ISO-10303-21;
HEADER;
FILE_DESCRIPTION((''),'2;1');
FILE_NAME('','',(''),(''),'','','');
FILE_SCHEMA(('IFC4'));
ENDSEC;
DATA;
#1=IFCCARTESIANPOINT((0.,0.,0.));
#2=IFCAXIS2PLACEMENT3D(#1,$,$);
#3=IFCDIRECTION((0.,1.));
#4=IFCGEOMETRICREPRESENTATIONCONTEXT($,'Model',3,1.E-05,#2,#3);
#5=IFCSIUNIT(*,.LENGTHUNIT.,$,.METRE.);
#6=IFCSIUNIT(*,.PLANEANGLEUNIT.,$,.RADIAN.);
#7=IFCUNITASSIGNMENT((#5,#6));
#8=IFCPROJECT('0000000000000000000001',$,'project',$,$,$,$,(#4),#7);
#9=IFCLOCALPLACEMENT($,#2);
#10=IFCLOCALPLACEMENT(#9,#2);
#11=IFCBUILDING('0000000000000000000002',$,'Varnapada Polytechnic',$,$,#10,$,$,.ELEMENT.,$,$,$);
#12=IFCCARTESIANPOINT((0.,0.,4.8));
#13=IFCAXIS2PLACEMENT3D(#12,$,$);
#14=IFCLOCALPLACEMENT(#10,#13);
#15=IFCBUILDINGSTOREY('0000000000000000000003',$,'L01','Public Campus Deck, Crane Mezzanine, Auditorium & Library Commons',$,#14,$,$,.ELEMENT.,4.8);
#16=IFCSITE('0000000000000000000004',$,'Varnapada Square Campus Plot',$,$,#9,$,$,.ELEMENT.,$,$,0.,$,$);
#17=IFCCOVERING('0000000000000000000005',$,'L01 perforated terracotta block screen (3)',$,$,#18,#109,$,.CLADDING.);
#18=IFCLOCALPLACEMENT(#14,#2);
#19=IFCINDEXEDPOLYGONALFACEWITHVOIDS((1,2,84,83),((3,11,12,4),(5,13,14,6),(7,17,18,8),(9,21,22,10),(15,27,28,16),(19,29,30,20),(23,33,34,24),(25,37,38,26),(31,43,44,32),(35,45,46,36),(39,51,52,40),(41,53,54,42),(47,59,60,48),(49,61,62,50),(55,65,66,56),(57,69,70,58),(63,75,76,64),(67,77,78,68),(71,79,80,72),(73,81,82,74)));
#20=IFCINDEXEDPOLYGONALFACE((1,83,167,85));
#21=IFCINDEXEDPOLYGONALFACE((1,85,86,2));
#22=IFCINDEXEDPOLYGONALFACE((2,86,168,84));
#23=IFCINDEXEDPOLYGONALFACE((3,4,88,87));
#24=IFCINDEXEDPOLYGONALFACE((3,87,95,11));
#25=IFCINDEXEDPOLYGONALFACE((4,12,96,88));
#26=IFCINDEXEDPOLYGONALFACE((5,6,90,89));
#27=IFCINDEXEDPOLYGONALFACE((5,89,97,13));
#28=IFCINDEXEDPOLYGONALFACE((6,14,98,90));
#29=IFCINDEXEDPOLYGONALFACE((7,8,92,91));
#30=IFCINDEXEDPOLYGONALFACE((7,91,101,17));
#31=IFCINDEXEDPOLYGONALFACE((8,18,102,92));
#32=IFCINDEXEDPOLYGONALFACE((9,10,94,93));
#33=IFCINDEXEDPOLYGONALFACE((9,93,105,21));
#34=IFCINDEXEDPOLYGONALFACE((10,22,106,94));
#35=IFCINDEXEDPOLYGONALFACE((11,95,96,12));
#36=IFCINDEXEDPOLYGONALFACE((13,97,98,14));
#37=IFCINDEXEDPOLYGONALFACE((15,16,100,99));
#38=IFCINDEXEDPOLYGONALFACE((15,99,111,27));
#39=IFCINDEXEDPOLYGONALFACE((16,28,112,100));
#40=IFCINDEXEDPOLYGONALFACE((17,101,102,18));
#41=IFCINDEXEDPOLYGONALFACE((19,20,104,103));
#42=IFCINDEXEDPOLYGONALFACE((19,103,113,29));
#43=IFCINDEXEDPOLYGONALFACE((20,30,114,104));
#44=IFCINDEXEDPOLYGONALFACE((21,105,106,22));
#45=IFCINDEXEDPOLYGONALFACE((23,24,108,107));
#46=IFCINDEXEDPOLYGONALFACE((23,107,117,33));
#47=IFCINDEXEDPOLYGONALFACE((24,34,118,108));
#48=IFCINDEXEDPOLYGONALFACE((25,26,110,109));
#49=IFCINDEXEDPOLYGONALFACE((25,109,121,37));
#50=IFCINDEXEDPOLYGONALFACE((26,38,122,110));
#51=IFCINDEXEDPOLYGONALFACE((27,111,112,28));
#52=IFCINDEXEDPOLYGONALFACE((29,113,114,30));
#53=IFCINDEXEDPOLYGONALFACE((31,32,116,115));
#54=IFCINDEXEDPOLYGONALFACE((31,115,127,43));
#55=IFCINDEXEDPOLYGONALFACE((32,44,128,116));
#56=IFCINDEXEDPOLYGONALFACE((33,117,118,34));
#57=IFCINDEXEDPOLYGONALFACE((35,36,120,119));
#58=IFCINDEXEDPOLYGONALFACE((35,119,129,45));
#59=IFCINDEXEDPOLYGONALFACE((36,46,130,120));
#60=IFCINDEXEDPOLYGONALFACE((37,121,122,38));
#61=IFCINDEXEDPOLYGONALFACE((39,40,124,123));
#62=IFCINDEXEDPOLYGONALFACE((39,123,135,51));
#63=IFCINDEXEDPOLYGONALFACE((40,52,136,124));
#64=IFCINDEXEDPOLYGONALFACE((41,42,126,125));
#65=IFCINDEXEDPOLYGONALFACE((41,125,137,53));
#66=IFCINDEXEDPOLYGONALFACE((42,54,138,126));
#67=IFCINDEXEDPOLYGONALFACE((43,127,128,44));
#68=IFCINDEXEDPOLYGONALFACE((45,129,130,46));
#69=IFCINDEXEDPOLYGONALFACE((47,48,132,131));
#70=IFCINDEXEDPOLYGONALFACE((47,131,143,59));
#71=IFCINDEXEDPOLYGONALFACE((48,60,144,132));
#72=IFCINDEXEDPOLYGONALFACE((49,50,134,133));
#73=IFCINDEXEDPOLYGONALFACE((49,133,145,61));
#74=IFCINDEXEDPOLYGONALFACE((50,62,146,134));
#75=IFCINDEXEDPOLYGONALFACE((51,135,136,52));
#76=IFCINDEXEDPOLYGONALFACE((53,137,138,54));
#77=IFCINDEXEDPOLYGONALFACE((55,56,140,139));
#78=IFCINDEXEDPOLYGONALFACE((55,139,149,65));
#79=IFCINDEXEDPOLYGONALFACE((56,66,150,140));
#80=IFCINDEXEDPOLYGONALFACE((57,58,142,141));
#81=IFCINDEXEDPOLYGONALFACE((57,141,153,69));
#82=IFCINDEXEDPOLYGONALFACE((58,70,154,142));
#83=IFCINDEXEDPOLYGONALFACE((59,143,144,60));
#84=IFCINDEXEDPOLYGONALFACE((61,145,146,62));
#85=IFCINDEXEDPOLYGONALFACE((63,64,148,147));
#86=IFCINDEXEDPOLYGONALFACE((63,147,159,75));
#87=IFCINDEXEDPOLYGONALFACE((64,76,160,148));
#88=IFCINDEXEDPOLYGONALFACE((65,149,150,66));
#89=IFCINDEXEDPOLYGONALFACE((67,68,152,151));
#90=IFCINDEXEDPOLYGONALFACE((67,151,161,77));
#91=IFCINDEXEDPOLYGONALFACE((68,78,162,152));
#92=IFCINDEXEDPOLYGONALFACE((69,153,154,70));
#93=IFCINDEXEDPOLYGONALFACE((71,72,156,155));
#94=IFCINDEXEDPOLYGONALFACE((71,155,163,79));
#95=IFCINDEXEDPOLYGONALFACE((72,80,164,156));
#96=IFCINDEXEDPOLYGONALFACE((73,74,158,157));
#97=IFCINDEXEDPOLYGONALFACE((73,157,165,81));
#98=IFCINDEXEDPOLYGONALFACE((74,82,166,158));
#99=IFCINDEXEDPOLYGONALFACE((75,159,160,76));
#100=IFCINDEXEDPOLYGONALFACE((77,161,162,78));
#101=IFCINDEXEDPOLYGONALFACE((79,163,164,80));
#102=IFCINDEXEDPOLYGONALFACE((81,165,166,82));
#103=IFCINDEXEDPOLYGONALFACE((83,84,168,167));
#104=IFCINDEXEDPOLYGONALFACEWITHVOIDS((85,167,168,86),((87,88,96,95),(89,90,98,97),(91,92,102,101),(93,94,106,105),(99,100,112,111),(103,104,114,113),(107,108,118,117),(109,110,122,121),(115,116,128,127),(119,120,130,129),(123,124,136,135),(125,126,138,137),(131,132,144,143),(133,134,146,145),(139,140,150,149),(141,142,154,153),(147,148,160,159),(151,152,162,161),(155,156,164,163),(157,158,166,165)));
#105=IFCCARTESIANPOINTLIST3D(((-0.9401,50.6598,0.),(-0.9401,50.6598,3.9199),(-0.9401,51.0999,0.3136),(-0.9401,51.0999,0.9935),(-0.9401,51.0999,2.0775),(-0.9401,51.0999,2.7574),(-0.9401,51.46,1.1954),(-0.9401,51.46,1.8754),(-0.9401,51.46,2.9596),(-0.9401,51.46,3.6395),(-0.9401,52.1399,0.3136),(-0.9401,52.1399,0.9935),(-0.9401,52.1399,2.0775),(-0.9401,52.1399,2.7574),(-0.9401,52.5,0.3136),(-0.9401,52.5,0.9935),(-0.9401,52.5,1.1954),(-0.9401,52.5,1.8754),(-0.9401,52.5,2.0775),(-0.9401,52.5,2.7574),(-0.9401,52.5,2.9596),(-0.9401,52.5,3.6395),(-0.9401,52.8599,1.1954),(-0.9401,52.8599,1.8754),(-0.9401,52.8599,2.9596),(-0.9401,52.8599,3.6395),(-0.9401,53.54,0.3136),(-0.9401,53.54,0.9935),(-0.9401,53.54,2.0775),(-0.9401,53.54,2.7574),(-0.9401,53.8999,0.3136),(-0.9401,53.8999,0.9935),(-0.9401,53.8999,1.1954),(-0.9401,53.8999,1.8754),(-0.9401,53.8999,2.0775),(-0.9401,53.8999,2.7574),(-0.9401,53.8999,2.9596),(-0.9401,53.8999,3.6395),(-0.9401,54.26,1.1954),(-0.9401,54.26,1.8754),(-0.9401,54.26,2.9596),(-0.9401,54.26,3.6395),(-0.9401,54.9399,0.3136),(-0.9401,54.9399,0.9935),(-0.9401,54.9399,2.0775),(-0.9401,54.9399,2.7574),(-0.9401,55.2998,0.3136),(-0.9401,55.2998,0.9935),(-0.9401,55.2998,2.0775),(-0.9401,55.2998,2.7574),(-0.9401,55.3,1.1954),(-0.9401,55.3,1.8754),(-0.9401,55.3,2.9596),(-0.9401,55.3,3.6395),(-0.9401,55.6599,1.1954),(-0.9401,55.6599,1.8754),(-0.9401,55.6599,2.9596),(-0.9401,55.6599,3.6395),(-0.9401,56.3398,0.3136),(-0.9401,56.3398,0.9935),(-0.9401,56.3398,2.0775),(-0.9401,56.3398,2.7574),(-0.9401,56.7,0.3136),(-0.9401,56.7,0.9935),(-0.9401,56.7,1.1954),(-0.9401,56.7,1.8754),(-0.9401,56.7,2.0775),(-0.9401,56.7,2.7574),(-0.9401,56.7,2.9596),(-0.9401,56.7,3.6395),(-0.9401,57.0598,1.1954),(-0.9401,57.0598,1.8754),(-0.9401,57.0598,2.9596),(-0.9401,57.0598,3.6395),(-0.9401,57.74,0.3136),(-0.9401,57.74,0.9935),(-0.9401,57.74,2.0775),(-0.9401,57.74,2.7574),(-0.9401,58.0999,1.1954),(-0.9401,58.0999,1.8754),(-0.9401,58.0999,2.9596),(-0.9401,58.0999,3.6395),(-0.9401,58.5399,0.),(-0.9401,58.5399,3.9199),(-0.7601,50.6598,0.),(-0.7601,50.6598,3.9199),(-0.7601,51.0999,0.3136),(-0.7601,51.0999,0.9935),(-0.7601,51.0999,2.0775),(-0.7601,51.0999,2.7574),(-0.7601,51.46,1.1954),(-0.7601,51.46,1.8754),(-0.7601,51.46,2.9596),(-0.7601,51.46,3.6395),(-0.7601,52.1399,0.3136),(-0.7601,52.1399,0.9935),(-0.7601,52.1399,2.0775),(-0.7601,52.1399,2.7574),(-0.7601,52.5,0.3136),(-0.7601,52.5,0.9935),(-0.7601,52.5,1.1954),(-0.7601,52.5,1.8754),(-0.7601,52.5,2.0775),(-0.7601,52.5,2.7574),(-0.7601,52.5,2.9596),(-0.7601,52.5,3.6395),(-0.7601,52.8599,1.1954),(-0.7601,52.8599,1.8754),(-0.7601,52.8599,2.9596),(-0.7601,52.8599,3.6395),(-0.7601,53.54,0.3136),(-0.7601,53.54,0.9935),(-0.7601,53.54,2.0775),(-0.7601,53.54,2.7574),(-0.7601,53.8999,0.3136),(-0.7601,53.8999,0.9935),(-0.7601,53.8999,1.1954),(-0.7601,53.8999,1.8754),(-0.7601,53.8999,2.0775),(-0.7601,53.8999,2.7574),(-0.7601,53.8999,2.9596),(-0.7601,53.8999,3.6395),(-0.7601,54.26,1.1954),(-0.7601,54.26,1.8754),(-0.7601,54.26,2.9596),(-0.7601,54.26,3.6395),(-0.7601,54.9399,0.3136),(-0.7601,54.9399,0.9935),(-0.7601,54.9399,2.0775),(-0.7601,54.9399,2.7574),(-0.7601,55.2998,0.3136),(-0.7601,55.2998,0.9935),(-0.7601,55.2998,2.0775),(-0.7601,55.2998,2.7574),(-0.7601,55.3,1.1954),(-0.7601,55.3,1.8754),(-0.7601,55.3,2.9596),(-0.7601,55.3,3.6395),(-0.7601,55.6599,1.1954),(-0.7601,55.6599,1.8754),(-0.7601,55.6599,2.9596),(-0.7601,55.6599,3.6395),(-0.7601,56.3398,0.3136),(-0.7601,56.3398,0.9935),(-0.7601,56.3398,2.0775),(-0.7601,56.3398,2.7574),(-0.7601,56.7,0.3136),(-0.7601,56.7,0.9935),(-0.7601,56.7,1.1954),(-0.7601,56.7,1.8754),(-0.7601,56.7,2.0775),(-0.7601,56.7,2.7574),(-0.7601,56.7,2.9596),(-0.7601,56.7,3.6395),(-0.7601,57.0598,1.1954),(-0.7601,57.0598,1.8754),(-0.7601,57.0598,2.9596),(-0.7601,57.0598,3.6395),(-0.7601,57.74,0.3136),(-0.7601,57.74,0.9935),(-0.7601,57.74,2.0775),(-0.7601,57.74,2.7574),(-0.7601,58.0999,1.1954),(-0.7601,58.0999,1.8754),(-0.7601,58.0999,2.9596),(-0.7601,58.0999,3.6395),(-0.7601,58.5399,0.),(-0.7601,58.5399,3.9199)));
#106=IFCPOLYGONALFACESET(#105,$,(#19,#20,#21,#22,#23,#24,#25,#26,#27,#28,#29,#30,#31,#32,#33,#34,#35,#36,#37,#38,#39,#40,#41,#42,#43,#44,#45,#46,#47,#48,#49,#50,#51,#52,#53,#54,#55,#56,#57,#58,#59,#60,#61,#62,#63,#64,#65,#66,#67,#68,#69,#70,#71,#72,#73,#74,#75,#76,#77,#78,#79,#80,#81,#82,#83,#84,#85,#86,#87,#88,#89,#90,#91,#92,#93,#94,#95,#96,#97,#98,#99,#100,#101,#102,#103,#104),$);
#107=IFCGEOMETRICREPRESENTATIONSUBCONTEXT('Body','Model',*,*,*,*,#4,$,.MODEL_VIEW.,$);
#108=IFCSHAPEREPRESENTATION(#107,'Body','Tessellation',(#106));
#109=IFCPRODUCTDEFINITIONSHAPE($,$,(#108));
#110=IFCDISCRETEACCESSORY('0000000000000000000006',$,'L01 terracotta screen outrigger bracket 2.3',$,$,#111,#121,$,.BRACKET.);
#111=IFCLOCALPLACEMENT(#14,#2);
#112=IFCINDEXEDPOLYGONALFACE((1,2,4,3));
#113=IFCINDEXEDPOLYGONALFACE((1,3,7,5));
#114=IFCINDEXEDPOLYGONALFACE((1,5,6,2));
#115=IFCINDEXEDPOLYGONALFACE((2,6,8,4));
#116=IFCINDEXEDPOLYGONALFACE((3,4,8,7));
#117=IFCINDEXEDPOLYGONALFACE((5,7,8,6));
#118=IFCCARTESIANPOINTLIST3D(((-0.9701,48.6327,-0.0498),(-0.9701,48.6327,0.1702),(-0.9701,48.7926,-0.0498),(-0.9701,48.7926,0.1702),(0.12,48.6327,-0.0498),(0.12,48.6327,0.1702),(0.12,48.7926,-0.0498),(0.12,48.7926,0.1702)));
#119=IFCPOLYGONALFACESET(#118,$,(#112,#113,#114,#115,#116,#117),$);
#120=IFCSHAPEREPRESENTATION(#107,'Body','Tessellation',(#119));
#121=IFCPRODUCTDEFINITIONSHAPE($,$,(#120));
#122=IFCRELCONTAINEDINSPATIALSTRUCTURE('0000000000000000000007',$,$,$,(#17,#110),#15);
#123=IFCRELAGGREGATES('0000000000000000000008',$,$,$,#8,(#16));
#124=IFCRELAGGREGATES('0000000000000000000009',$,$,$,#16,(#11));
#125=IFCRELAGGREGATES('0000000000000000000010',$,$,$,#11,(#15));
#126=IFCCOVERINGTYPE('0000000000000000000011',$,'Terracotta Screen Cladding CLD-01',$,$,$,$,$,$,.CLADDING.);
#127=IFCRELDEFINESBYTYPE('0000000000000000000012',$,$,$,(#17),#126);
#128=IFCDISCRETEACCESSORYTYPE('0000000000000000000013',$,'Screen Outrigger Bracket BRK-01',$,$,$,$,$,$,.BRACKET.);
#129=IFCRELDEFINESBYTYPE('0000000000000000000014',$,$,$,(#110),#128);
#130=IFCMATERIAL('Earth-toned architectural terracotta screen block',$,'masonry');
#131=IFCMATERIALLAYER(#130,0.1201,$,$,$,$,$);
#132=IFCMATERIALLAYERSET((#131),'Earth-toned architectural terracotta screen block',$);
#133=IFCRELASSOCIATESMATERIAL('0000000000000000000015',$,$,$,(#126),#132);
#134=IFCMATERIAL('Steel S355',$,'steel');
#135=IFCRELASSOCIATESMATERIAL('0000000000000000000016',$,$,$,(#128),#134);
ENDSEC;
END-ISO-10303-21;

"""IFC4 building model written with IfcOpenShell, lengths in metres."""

from ifc_helpers import new_model, si_unit, direction, frame, frame_2d, origin, origin_2d, place, context, subcontext, project, spatial, rectangle, extrude, material, layer, layer_set, type_object, element, save


model = new_model("IFC4")

# Units and contexts
model_context = context("Model", 3, precision=1e-05, world=origin(), true_north=direction((0.0, 1.0)))
body_context = subcontext(model_context, "Body", "Model", "MODEL_VIEW")
ifc_project = project(units=[si_unit("LENGTHUNIT", "METRE"), si_unit("PLANEANGLEUNIT", "RADIAN")], contexts=[model_context])

# Site, building, storey
site_placement = place(None, origin())
site = spatial("IfcSite", under=ifc_project, at=site_placement, Name="Varnapada Square Campus Plot", CompositionType="ELEMENT", RefElevation=0.0)
building_placement = place(site_placement, origin())
building = spatial("IfcBuilding", under=site, at=building_placement, Name="Varnapada Polytechnic", CompositionType="ELEMENT")
storey_placement = place(building_placement, frame((0.0, 0.0, 4.8)))
storey = spatial("IfcBuildingStorey", under=building, at=storey_placement, Name="L01", Description="Public Campus Deck, Crane Mezzanine, Auditorium & Library Commons", CompositionType="ELEMENT", Elevation=4.8)

# Shared definitions
ifc_material_1 = material(Name="Steel S355", Category="steel")

# Covering, openings
ifc_material_2 = material(Name="Earth-toned architectural terracotta screen block", Category="masonry")
ifc_layer_1 = layer(ifc_material_2, 0.1201)
ifc_layer_set_1 = layer_set([ifc_layer_1], Name="Earth-toned architectural terracotta screen block")
covering_type = type_object("IfcCoveringType", Name="Terracotta Screen Cladding CLD-01", PredefinedType="CLADDING", material=ifc_layer_set_1)
covering_placement = place(storey_placement, frame((-0.8501, 50.6599, 0.0), z_axis=(0.0, 0.0, 1.0), x_axis=(0.0, 1.0, 0.0)))
covering = element("IfcCovering", 1, at=covering_placement, inside=storey, type_object=covering_type, Name="L01 perforated terracotta block screen (3)", PredefinedType="CLADDING", context=body_context, shape_type="SweptSolid", body=[
    extrude(rectangle(XDim=7.8801, YDim=0.1799, at=frame_2d((3.9399, 0.0))), origin(), (0.0, 0.0, 1.0), 3.9199),
])
opening_1_placement = place(covering_placement, frame((0.4399, 0.0, 0.3137)))
element("IfcOpeningElement", 2, at=opening_1_placement, cuts=covering, PredefinedType="OPENING", context=body_context, shape_type="SweptSolid", body=[
    extrude(rectangle(XDim=1.04, YDim=0.6799, at=frame_2d((0.52, 0.3398))), frame((0.0, 0.0999, 0.0), z_axis=(0.0, -1.0, 0.0), x_axis=(1.0, 0.0, 0.0)), (0.0, 0.0, 1.0), 0.2),
])
opening_2_placement = place(covering_placement, frame((1.8401, 0.0, 0.3137)))
element("IfcOpeningElement", 3, at=opening_2_placement, cuts=covering, PredefinedType="OPENING", context=body_context, shape_type="SweptSolid", body=[
    extrude(rectangle(XDim=1.04, YDim=0.6799, at=frame_2d((0.52, 0.3398))), frame((0.0, 0.0999, 0.0), z_axis=(0.0, -1.0, 0.0), x_axis=(1.0, 0.0, 0.0)), (0.0, 0.0, 1.0), 0.2),
])
opening_3_placement = place(covering_placement, frame((3.24, 0.0, 0.3137)))
element("IfcOpeningElement", 4, at=opening_3_placement, cuts=covering, PredefinedType="OPENING", context=body_context, shape_type="SweptSolid", body=[
    extrude(rectangle(XDim=1.04, YDim=0.6799, at=frame_2d((0.52, 0.3398))), frame((0.0, 0.0999, 0.0), z_axis=(0.0, -1.0, 0.0), x_axis=(1.0, 0.0, 0.0)), (0.0, 0.0, 1.0), 0.2),
])
opening_4_placement = place(covering_placement, frame((4.6399, 0.0, 0.3137)))
element("IfcOpeningElement", 5, at=opening_4_placement, cuts=covering, PredefinedType="OPENING", context=body_context, shape_type="SweptSolid", body=[
    extrude(rectangle(XDim=1.04, YDim=0.6799, at=frame_2d((0.52, 0.3398))), frame((0.0, 0.0999, 0.0), z_axis=(0.0, -1.0, 0.0), x_axis=(1.0, 0.0, 0.0)), (0.0, 0.0, 1.0), 0.2),
])
opening_5_placement = place(covering_placement, frame((6.04, 0.0, 0.3137)))
element("IfcOpeningElement", 6, at=opening_5_placement, cuts=covering, PredefinedType="OPENING", context=body_context, shape_type="SweptSolid", body=[
    extrude(rectangle(XDim=1.04, YDim=0.6799, at=frame_2d((0.52, 0.3398))), frame((0.0, 0.0999, 0.0), z_axis=(0.0, -1.0, 0.0), x_axis=(1.0, 0.0, 0.0)), (0.0, 0.0, 1.0), 0.2),
])
opening_6_placement = place(covering_placement, frame((0.8, 0.0, 1.1956)))
element("IfcOpeningElement", 7, at=opening_6_placement, cuts=covering, PredefinedType="OPENING", context=body_context, shape_type="SweptSolid", body=[
    extrude(rectangle(XDim=1.04, YDim=0.6799, at=frame_2d((0.52, 0.3398))), frame((0.0, 0.0999, 0.0), z_axis=(0.0, -1.0, 0.0), x_axis=(1.0, 0.0, 0.0)), (0.0, 0.0, 1.0), 0.2),
])
opening_7_placement = place(covering_placement, frame((2.2, 0.0, 1.1956)))
element("IfcOpeningElement", 8, at=opening_7_placement, cuts=covering, PredefinedType="OPENING", context=body_context, shape_type="SweptSolid", body=[
    extrude(rectangle(XDim=1.04, YDim=0.6799, at=frame_2d((0.52, 0.3398))), frame((0.0, 0.0999, 0.0), z_axis=(0.0, -1.0, 0.0), x_axis=(1.0, 0.0, 0.0)), (0.0, 0.0, 1.0), 0.2),
])
opening_8_placement = place(covering_placement, frame((3.6001, 0.0, 1.1956)))
element("IfcOpeningElement", 9, at=opening_8_placement, cuts=covering, PredefinedType="OPENING", context=body_context, shape_type="SweptSolid", body=[
    extrude(rectangle(XDim=1.04, YDim=0.6799, at=frame_2d((0.52, 0.3398))), frame((0.0, 0.0999, 0.0), z_axis=(0.0, -1.0, 0.0), x_axis=(1.0, 0.0, 0.0)), (0.0, 0.0, 1.0), 0.2),
])
opening_9_placement = place(covering_placement, frame((5.0, 0.0, 1.1956)))
element("IfcOpeningElement", 10, at=opening_9_placement, cuts=covering, PredefinedType="OPENING", context=body_context, shape_type="SweptSolid", body=[
    extrude(rectangle(XDim=1.04, YDim=0.6799, at=frame_2d((0.52, 0.3398))), frame((0.0, 0.0999, 0.0), z_axis=(0.0, -1.0, 0.0), x_axis=(1.0, 0.0, 0.0)), (0.0, 0.0, 1.0), 0.2),
])
opening_10_placement = place(covering_placement, frame((6.3999, 0.0, 1.1956)))
element("IfcOpeningElement", 11, at=opening_10_placement, cuts=covering, PredefinedType="OPENING", context=body_context, shape_type="SweptSolid", body=[
    extrude(rectangle(XDim=1.04, YDim=0.6799, at=frame_2d((0.52, 0.3398))), frame((0.0, 0.0999, 0.0), z_axis=(0.0, -1.0, 0.0), x_axis=(1.0, 0.0, 0.0)), (0.0, 0.0, 1.0), 0.2),
])
opening_11_placement = place(covering_placement, frame((0.4399, 0.0, 2.0776)))
element("IfcOpeningElement", 12, at=opening_11_placement, cuts=covering, PredefinedType="OPENING", context=body_context, shape_type="SweptSolid", body=[
    extrude(rectangle(XDim=1.04, YDim=0.6799, at=frame_2d((0.52, 0.3398))), frame((0.0, 0.0999, 0.0), z_axis=(0.0, -1.0, 0.0), x_axis=(1.0, 0.0, 0.0)), (0.0, 0.0, 1.0), 0.2),
])
opening_12_placement = place(covering_placement, frame((1.8401, 0.0, 2.0776)))
element("IfcOpeningElement", 13, at=opening_12_placement, cuts=covering, PredefinedType="OPENING", context=body_context, shape_type="SweptSolid", body=[
    extrude(rectangle(XDim=1.04, YDim=0.6799, at=frame_2d((0.52, 0.3398))), frame((0.0, 0.0999, 0.0), z_axis=(0.0, -1.0, 0.0), x_axis=(1.0, 0.0, 0.0)), (0.0, 0.0, 1.0), 0.2),
])
opening_13_placement = place(covering_placement, frame((3.24, 0.0, 2.0776)))
element("IfcOpeningElement", 14, at=opening_13_placement, cuts=covering, PredefinedType="OPENING", context=body_context, shape_type="SweptSolid", body=[
    extrude(rectangle(XDim=1.04, YDim=0.6799, at=frame_2d((0.52, 0.3398))), frame((0.0, 0.0999, 0.0), z_axis=(0.0, -1.0, 0.0), x_axis=(1.0, 0.0, 0.0)), (0.0, 0.0, 1.0), 0.2),
])
opening_14_placement = place(covering_placement, frame((4.6399, 0.0, 2.0776)))
element("IfcOpeningElement", 15, at=opening_14_placement, cuts=covering, PredefinedType="OPENING", context=body_context, shape_type="SweptSolid", body=[
    extrude(rectangle(XDim=1.04, YDim=0.6799, at=frame_2d((0.52, 0.3398))), frame((0.0, 0.0999, 0.0), z_axis=(0.0, -1.0, 0.0), x_axis=(1.0, 0.0, 0.0)), (0.0, 0.0, 1.0), 0.2),
])
opening_15_placement = place(covering_placement, frame((6.04, 0.0, 2.0776)))
element("IfcOpeningElement", 16, at=opening_15_placement, cuts=covering, PredefinedType="OPENING", context=body_context, shape_type="SweptSolid", body=[
    extrude(rectangle(XDim=1.04, YDim=0.6799, at=frame_2d((0.52, 0.3398))), frame((0.0, 0.0999, 0.0), z_axis=(0.0, -1.0, 0.0), x_axis=(1.0, 0.0, 0.0)), (0.0, 0.0, 1.0), 0.2),
])
opening_16_placement = place(covering_placement, frame((0.8, 0.0, 2.9597)))
element("IfcOpeningElement", 17, at=opening_16_placement, cuts=covering, PredefinedType="OPENING", context=body_context, shape_type="SweptSolid", body=[
    extrude(rectangle(XDim=1.04, YDim=0.6799, at=frame_2d((0.52, 0.3398))), frame((0.0, 0.0999, 0.0), z_axis=(0.0, -1.0, 0.0), x_axis=(1.0, 0.0, 0.0)), (0.0, 0.0, 1.0), 0.2),
])
opening_17_placement = place(covering_placement, frame((2.2, 0.0, 2.9597)))
element("IfcOpeningElement", 18, at=opening_17_placement, cuts=covering, PredefinedType="OPENING", context=body_context, shape_type="SweptSolid", body=[
    extrude(rectangle(XDim=1.04, YDim=0.6799, at=frame_2d((0.52, 0.3398))), frame((0.0, 0.0999, 0.0), z_axis=(0.0, -1.0, 0.0), x_axis=(1.0, 0.0, 0.0)), (0.0, 0.0, 1.0), 0.2),
])
opening_18_placement = place(covering_placement, frame((3.6001, 0.0, 2.9597)))
element("IfcOpeningElement", 19, at=opening_18_placement, cuts=covering, PredefinedType="OPENING", context=body_context, shape_type="SweptSolid", body=[
    extrude(rectangle(XDim=1.04, YDim=0.6799, at=frame_2d((0.52, 0.3398))), frame((0.0, 0.0999, 0.0), z_axis=(0.0, -1.0, 0.0), x_axis=(1.0, 0.0, 0.0)), (0.0, 0.0, 1.0), 0.2),
])
opening_19_placement = place(covering_placement, frame((5.0, 0.0, 2.9597)))
element("IfcOpeningElement", 20, at=opening_19_placement, cuts=covering, PredefinedType="OPENING", context=body_context, shape_type="SweptSolid", body=[
    extrude(rectangle(XDim=1.04, YDim=0.6799, at=frame_2d((0.52, 0.3398))), frame((0.0, 0.0999, 0.0), z_axis=(0.0, -1.0, 0.0), x_axis=(1.0, 0.0, 0.0)), (0.0, 0.0, 1.0), 0.2),
])
opening_20_placement = place(covering_placement, frame((6.3999, 0.0, 2.9597)))
element("IfcOpeningElement", 21, at=opening_20_placement, cuts=covering, PredefinedType="OPENING", context=body_context, shape_type="SweptSolid", body=[
    extrude(rectangle(XDim=1.04, YDim=0.6799, at=frame_2d((0.52, 0.3398))), frame((0.0, 0.0999, 0.0), z_axis=(0.0, -1.0, 0.0), x_axis=(1.0, 0.0, 0.0)), (0.0, 0.0, 1.0), 0.2),
])

# Discrete accessory
discrete_accessory_type = type_object("IfcDiscreteAccessoryType", Name="Screen Outrigger Bracket BRK-01", PredefinedType="BRACKET", material=ifc_material_1)
discrete_accessory_placement = place(storey_placement, frame((-0.425, 48.7126, -0.0498), z_axis=(0.0, 0.0, 1.0), x_axis=(0.0, 1.0, 0.0)))
element("IfcDiscreteAccessory", 22, at=discrete_accessory_placement, inside=storey, type_object=discrete_accessory_type, Name="L01 terracotta screen outrigger bracket 2.3", PredefinedType="BRACKET", context=body_context, shape_type="SweptSolid", body=[
    extrude(rectangle(XDim=0.1599, YDim=1.0901, at=origin_2d()), origin(), (0.0, 0.0, 1.0), 0.22),
])

save(model, "model.ifc")
